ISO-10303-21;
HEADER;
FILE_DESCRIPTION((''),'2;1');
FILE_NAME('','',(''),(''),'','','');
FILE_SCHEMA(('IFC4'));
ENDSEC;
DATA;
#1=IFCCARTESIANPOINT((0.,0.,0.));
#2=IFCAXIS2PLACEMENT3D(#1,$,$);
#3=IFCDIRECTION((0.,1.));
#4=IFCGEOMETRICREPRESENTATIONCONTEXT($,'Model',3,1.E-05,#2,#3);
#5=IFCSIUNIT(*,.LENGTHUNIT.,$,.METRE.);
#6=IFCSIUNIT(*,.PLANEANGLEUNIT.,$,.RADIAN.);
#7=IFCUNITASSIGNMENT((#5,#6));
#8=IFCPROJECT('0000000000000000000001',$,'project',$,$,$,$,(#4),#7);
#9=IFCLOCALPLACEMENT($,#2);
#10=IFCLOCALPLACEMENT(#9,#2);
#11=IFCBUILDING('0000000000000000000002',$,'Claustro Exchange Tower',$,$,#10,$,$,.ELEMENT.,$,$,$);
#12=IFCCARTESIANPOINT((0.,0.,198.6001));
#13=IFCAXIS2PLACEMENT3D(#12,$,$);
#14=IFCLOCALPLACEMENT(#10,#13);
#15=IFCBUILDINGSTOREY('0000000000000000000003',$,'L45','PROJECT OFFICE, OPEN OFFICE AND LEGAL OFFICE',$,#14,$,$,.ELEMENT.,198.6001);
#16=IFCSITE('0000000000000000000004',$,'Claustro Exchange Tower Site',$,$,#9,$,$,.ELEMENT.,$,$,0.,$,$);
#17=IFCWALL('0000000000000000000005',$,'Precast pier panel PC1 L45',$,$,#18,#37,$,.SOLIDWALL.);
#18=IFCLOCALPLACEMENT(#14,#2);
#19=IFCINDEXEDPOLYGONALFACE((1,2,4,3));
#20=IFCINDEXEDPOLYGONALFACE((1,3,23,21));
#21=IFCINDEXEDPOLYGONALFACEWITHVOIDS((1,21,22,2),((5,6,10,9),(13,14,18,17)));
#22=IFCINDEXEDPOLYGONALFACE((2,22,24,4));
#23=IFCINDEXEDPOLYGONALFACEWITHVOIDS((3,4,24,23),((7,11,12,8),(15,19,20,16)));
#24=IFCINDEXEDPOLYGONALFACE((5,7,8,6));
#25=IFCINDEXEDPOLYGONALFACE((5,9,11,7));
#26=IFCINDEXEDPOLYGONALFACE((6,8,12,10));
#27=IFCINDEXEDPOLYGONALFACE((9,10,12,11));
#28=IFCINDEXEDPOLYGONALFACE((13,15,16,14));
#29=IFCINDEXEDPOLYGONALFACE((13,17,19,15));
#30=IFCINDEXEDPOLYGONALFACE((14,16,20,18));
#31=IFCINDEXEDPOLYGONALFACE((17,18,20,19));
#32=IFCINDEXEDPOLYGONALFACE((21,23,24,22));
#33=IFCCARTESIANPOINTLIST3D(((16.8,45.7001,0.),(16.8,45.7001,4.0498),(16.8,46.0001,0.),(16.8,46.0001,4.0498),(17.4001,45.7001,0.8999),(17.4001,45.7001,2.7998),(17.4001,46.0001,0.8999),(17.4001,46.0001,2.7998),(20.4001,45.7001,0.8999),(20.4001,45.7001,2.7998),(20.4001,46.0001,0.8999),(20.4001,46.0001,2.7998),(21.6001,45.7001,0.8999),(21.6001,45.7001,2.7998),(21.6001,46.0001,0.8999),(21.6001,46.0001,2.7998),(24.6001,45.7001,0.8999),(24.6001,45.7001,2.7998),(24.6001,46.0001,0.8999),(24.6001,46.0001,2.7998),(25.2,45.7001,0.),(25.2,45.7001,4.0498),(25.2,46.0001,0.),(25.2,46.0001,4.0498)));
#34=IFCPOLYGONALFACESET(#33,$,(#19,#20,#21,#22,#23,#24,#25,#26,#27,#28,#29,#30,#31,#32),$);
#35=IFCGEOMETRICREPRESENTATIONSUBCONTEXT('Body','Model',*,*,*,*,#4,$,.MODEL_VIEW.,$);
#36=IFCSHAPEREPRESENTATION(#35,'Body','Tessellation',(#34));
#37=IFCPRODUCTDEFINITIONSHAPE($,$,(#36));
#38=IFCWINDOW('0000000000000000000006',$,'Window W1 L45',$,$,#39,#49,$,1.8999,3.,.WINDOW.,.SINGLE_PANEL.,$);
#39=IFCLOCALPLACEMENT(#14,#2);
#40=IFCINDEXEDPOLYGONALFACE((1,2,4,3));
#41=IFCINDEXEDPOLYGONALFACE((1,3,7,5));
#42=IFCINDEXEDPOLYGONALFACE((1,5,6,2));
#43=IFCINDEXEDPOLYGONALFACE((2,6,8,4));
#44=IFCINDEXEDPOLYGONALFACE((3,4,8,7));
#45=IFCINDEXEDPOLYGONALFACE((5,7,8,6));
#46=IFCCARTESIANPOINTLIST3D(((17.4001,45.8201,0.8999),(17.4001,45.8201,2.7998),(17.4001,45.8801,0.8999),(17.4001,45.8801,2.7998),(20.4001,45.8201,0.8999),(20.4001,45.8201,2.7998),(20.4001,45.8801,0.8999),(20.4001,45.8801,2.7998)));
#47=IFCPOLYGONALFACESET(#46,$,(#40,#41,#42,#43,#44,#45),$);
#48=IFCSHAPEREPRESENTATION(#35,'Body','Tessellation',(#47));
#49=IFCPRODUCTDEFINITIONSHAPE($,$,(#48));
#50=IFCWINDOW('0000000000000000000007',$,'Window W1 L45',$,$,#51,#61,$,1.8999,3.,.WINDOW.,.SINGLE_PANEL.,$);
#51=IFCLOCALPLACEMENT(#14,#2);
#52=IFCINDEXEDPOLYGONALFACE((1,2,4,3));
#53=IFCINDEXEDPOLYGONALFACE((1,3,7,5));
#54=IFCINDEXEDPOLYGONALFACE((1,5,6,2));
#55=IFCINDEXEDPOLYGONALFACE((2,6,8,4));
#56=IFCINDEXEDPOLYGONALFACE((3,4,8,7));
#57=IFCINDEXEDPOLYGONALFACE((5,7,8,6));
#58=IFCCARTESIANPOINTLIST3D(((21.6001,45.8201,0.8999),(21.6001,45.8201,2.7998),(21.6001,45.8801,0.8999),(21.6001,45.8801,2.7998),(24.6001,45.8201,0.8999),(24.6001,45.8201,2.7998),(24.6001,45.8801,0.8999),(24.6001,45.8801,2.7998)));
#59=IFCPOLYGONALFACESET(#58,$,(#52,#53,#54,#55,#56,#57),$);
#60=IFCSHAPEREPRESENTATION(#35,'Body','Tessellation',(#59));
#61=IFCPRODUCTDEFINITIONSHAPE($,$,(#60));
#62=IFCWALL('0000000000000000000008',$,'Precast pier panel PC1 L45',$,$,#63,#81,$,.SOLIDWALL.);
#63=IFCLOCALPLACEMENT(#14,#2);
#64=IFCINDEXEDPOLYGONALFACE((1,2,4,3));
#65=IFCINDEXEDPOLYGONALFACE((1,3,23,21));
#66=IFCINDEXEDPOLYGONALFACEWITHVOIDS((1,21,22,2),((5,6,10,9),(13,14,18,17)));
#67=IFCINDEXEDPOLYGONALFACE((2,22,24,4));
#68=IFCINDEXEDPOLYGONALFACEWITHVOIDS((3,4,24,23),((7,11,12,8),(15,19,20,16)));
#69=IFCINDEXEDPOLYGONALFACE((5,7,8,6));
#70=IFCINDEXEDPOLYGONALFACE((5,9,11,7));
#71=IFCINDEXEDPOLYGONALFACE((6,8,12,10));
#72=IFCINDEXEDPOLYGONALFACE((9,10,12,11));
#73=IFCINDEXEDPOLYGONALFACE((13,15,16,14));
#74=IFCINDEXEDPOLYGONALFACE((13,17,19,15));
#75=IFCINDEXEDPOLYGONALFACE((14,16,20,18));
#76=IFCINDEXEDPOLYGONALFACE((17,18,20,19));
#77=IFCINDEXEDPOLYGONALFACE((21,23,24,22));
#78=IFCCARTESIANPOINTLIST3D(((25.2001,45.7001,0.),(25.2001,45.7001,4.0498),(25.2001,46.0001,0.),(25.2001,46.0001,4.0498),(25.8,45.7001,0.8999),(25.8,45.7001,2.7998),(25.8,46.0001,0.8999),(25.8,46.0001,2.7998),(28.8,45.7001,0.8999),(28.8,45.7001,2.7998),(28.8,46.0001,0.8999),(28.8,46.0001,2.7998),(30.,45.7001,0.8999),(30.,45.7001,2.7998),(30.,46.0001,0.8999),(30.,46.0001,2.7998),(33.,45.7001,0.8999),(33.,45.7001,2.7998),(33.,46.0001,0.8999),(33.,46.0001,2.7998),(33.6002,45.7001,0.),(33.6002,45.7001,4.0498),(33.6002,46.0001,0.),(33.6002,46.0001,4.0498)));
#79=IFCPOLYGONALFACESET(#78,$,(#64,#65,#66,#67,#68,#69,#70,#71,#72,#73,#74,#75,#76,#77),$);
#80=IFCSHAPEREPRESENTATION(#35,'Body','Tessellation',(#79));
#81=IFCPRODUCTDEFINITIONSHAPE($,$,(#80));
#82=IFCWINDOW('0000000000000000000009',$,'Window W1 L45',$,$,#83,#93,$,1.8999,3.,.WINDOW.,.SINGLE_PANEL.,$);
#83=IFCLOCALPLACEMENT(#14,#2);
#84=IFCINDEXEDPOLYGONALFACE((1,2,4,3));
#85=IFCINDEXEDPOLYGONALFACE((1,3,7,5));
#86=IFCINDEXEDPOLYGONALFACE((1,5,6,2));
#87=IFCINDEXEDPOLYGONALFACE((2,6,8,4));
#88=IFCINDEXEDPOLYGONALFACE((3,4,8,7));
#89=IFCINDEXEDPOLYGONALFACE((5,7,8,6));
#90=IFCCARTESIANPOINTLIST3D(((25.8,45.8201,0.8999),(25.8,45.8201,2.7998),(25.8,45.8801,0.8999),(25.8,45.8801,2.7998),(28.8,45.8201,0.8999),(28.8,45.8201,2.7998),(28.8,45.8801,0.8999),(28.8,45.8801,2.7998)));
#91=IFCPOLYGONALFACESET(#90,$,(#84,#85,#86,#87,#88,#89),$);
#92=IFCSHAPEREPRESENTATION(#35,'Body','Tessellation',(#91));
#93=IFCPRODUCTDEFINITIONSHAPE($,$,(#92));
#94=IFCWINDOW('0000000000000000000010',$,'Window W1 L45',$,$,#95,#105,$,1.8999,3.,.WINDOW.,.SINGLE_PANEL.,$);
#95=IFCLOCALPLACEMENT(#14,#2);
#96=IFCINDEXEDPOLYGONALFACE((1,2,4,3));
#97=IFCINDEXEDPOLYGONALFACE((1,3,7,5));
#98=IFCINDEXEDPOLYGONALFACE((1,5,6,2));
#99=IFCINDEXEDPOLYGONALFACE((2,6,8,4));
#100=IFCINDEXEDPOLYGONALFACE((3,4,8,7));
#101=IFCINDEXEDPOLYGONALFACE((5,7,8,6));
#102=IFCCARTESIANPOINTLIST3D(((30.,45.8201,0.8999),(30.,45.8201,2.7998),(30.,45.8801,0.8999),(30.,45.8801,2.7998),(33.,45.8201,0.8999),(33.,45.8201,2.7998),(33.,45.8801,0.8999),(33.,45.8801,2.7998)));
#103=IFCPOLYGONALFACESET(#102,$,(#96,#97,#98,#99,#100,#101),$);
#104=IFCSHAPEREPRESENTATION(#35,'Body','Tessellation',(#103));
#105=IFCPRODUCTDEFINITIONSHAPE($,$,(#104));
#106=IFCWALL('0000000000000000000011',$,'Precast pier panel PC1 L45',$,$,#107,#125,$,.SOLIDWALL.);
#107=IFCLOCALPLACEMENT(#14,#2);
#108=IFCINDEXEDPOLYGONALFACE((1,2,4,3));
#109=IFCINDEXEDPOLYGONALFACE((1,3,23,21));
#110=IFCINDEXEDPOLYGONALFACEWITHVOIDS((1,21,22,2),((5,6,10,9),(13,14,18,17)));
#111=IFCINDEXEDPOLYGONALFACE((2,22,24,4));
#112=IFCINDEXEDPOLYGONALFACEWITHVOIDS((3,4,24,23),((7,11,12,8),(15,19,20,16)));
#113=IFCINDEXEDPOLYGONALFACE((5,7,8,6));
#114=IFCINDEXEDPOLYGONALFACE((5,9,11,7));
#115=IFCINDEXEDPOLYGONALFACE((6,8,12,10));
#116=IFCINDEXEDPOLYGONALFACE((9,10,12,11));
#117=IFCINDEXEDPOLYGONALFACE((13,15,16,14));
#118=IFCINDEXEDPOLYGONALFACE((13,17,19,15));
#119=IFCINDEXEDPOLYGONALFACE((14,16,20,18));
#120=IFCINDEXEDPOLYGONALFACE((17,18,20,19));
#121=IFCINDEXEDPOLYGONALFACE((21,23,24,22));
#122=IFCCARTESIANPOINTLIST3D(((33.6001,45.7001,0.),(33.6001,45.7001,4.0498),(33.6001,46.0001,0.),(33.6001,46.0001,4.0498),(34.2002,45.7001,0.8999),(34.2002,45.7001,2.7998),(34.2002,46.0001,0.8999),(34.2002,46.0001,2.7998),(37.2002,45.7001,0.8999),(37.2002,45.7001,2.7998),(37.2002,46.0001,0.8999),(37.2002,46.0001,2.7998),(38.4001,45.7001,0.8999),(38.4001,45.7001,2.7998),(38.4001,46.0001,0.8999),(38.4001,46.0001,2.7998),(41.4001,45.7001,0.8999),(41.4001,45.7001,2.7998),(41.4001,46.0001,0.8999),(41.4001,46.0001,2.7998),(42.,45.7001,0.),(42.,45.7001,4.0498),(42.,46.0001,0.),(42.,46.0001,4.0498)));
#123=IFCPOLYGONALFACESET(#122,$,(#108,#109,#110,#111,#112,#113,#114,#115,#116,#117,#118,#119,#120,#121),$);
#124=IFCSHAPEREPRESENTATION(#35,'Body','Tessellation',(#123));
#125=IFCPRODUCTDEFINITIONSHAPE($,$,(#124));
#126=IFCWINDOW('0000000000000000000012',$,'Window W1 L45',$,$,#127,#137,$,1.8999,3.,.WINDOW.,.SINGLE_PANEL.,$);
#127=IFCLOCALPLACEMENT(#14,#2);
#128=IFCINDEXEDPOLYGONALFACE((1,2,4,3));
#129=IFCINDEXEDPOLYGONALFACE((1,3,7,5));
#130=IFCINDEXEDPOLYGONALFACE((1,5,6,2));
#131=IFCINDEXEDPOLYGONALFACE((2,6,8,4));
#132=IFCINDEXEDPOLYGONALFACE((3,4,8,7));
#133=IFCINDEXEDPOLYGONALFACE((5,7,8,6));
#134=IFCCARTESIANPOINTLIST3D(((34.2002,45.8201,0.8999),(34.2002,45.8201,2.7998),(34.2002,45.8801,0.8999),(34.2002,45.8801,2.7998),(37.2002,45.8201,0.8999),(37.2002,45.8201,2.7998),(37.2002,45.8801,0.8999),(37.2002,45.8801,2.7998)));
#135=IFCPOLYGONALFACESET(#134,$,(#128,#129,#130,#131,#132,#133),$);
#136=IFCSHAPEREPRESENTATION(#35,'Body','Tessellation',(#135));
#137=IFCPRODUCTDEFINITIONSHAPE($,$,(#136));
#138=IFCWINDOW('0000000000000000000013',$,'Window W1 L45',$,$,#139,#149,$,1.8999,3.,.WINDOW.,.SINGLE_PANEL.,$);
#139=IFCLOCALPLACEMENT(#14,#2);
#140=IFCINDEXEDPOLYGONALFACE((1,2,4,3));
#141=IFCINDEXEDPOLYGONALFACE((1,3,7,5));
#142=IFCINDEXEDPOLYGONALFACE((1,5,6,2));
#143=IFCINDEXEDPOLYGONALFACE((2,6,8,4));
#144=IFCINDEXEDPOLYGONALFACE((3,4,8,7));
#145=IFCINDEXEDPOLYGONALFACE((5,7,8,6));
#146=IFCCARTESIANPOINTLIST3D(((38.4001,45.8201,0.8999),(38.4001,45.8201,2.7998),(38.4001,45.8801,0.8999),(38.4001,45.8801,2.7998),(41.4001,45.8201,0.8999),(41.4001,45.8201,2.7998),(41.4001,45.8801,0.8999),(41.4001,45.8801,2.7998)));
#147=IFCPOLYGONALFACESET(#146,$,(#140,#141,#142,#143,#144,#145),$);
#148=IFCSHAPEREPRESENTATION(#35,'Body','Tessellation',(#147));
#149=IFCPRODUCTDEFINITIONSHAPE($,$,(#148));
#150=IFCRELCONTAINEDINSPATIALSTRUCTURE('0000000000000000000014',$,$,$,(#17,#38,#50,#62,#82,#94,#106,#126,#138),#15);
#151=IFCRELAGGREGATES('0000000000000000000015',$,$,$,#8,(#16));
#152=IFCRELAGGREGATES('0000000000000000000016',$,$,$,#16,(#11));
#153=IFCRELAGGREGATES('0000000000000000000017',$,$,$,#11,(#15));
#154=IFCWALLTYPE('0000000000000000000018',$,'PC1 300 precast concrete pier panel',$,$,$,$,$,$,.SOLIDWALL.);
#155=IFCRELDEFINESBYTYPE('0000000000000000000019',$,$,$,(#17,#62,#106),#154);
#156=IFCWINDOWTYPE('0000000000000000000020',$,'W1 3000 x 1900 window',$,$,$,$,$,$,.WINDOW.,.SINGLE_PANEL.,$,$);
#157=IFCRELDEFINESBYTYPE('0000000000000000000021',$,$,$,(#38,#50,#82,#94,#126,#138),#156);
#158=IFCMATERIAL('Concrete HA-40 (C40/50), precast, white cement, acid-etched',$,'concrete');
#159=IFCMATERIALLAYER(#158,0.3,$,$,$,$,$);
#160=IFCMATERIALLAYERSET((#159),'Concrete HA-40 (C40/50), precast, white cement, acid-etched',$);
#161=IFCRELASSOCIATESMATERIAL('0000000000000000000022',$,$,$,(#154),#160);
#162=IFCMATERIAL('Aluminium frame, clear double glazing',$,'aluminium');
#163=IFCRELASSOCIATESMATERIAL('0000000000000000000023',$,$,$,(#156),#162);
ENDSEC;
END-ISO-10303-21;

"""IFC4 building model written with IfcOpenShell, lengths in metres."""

from ifc_helpers import new_model, si_unit, direction, frame, frame_2d, origin, place, context, subcontext, project, spatial, rectangle, extrude, material, layer, layer_set, type_object, element, fill, save


model = new_model("IFC4")

# Units and contexts
model_context = context("Model", 3, precision=1e-05, world=origin(), true_north=direction((0.0, 1.0)))
body_context = subcontext(model_context, "Body", "Model", "MODEL_VIEW")
ifc_project = project(units=[si_unit("LENGTHUNIT", "METRE"), si_unit("PLANEANGLEUNIT", "RADIAN")], contexts=[model_context])

# Site, building, storey
site_placement = place(None, origin())
site = spatial("IfcSite", under=ifc_project, at=site_placement, Name="Claustro Exchange Tower Site", CompositionType="ELEMENT", RefElevation=0.0)
building_placement = place(site_placement, origin())
building = spatial("IfcBuilding", under=site, at=building_placement, Name="Claustro Exchange Tower", CompositionType="ELEMENT")
storey_placement = place(building_placement, frame((0.0, 0.0, 198.6001)))
storey = spatial("IfcBuildingStorey", under=building, at=storey_placement, Name="L45", Description="PROJECT OFFICE, OPEN OFFICE AND LEGAL OFFICE", CompositionType="ELEMENT", Elevation=198.6001)

# Walls, openings, windows
ifc_material_1 = material(Name="Concrete HA-40 (C40/50), precast, white cement, acid-etched", Category="concrete")
ifc_layer_1 = layer(ifc_material_1, 0.3)
ifc_layer_set_1 = layer_set([ifc_layer_1], Name="Concrete HA-40 (C40/50), precast, white cement, acid-etched")
wall_type_1 = type_object("IfcWallType", Name="PC1 300 precast concrete pier panel", PredefinedType="SOLIDWALL", material=ifc_layer_set_1)
wall_1_placement = place(storey_placement, frame((16.8, 45.8501, 0.0), z_axis=(0.0, 0.0, 1.0), x_axis=(1.0, 0.0, 0.0)))
wall_1 = element("IfcWall", 1, at=wall_1_placement, inside=storey, type_object=wall_type_1, Name="Precast pier panel PC1 L45", PredefinedType="SOLIDWALL", context=body_context, shape_type="SweptSolid", body=[
    extrude(rectangle(XDim=8.3999, YDim=0.3, at=frame_2d((4.2, 0.0))), origin(), (0.0, 0.0, 1.0), 4.0498),
])
opening_1_placement = place(wall_1_placement, frame((0.6001, 0.0, 0.8999)))
opening_1 = element("IfcOpeningElement", 2, at=opening_1_placement, cuts=wall_1, PredefinedType="OPENING", context=body_context, shape_type="SweptSolid", body=[
    extrude(rectangle(XDim=3.0, YDim=1.8999, at=frame_2d((1.5, 0.95))), frame((0.0, 0.1599, 0.0), z_axis=(0.0, -1.0, 0.0), x_axis=(1.0, 0.0, 0.0)), (0.0, 0.0, 1.0), 0.3201),
])
opening_2_placement = place(wall_1_placement, frame((4.8, 0.0, 0.8999)))
opening_2 = element("IfcOpeningElement", 3, at=opening_2_placement, cuts=wall_1, PredefinedType="OPENING", context=body_context, shape_type="SweptSolid", body=[
    extrude(rectangle(XDim=3.0, YDim=1.8999, at=frame_2d((1.5, 0.95))), frame((0.0, 0.1599, 0.0), z_axis=(0.0, -1.0, 0.0), x_axis=(1.0, 0.0, 0.0)), (0.0, 0.0, 1.0), 0.3201),
])
ifc_material_2 = material(Name="Aluminium frame, clear double glazing", Category="aluminium")
window_type = type_object("IfcWindowType", Name="W1 3000 x 1900 window", PartitioningType="SINGLE_PANEL", PredefinedType="WINDOW", material=ifc_material_2)
window_1_placement = place(opening_1_placement, origin())
window_1 = element("IfcWindow", 4, at=window_1_placement, inside=storey, type_object=window_type, Name="Window W1 L45", OverallHeight=1.8999, OverallWidth=3.0, PartitioningType="SINGLE_PANEL", PredefinedType="WINDOW", context=body_context, shape_type="SweptSolid", body=[
    extrude(rectangle(XDim=3.0, YDim=1.8999, at=frame_2d((1.5, 0.95))), frame((0.0, 0.03, 0.0), z_axis=(0.0, -1.0, 0.0), x_axis=(1.0, 0.0, 0.0)), (0.0, 0.0, 1.0), 0.0601),
])
fill(opening_1, window_1)
window_2_placement = place(opening_2_placement, origin())
window_2 = element("IfcWindow", 5, at=window_2_placement, inside=storey, type_object=window_type, Name="Window W1 L45", OverallHeight=1.8999, OverallWidth=3.0, PartitioningType="SINGLE_PANEL", PredefinedType="WINDOW", context=body_context, shape_type="SweptSolid", body=[
    extrude(rectangle(XDim=3.0, YDim=1.8999, at=frame_2d((1.5, 0.95))), frame((0.0, 0.03, 0.0), z_axis=(0.0, -1.0, 0.0), x_axis=(1.0, 0.0, 0.0)), (0.0, 0.0, 1.0), 0.0601),
])
fill(opening_2, window_2)
wall_2_placement = place(storey_placement, frame((25.2, 45.8501, 0.0), z_axis=(0.0, 0.0, 1.0), x_axis=(1.0, 0.0, 0.0)))
wall_2 = element("IfcWall", 6, at=wall_2_placement, inside=storey, type_object=wall_type_1, Name="Precast pier panel PC1 L45", PredefinedType="SOLIDWALL", context=body_context, shape_type="SweptSolid", body=[
    extrude(rectangle(XDim=8.4001, YDim=0.3, at=frame_2d((4.2002, 0.0))), origin(), (0.0, 0.0, 1.0), 4.0498),
])
opening_3_placement = place(wall_2_placement, frame((0.6001, 0.0, 0.8999)))
opening_3 = element("IfcOpeningElement", 7, at=opening_3_placement, cuts=wall_2, PredefinedType="OPENING", context=body_context, shape_type="SweptSolid", body=[
    extrude(rectangle(XDim=3.0, YDim=1.8999, at=frame_2d((1.5, 0.95))), frame((0.0, 0.1599, 0.0), z_axis=(0.0, -1.0, 0.0), x_axis=(1.0, 0.0, 0.0)), (0.0, 0.0, 1.0), 0.3201),
])
opening_4_placement = place(wall_2_placement, frame((4.8, 0.0, 0.8999)))
opening_4 = element("IfcOpeningElement", 8, at=opening_4_placement, cuts=wall_2, PredefinedType="OPENING", context=body_context, shape_type="SweptSolid", body=[
    extrude(rectangle(XDim=3.0, YDim=1.8999, at=frame_2d((1.5, 0.95))), frame((0.0, 0.1599, 0.0), z_axis=(0.0, -1.0, 0.0), x_axis=(1.0, 0.0, 0.0)), (0.0, 0.0, 1.0), 0.3201),
])
window_3_placement = place(opening_3_placement, origin())
window_3 = element("IfcWindow", 9, at=window_3_placement, inside=storey, type_object=window_type, Name="Window W1 L45", OverallHeight=1.8999, OverallWidth=3.0, PartitioningType="SINGLE_PANEL", PredefinedType="WINDOW", context=body_context, shape_type="SweptSolid", body=[
    extrude(rectangle(XDim=3.0, YDim=1.8999, at=frame_2d((1.5, 0.95))), frame((0.0, 0.03, 0.0), z_axis=(0.0, -1.0, 0.0), x_axis=(1.0, 0.0, 0.0)), (0.0, 0.0, 1.0), 0.0601),
])
fill(opening_3, window_3)
window_4_placement = place(opening_4_placement, origin())
window_4 = element("IfcWindow", 10, at=window_4_placement, inside=storey, type_object=window_type, Name="Window W1 L45", OverallHeight=1.8999, OverallWidth=3.0, PartitioningType="SINGLE_PANEL", PredefinedType="WINDOW", context=body_context, shape_type="SweptSolid", body=[
    extrude(rectangle(XDim=3.0, YDim=1.8999, at=frame_2d((1.5, 0.95))), frame((0.0, 0.03, 0.0), z_axis=(0.0, -1.0, 0.0), x_axis=(1.0, 0.0, 0.0)), (0.0, 0.0, 1.0), 0.0601),
])
fill(opening_4, window_4)
wall_3_placement = place(storey_placement, frame((33.6001, 45.8501, 0.0), z_axis=(0.0, 0.0, 1.0), x_axis=(1.0, 0.0, 0.0)))
wall_3 = element("IfcWall", 11, at=wall_3_placement, inside=storey, type_object=wall_type_1, Name="Precast pier panel PC1 L45", PredefinedType="SOLIDWALL", context=body_context, shape_type="SweptSolid", body=[
    extrude(rectangle(XDim=8.3999, YDim=0.3, at=frame_2d((4.2, 0.0))), origin(), (0.0, 0.0, 1.0), 4.0498),
])
opening_5_placement = place(wall_3_placement, frame((0.6001, 0.0, 0.8999)))
opening_5 = element("IfcOpeningElement", 12, at=opening_5_placement, cuts=wall_3, PredefinedType="OPENING", context=body_context, shape_type="SweptSolid", body=[
    extrude(rectangle(XDim=3.0, YDim=1.8999, at=frame_2d((1.5, 0.95))), frame((0.0, 0.1599, 0.0), z_axis=(0.0, -1.0, 0.0), x_axis=(1.0, 0.0, 0.0)), (0.0, 0.0, 1.0), 0.3201),
])
opening_6_placement = place(wall_3_placement, frame((4.8, 0.0, 0.8999)))
opening_6 = element("IfcOpeningElement", 13, at=opening_6_placement, cuts=wall_3, PredefinedType="OPENING", context=body_context, shape_type="SweptSolid", body=[
    extrude(rectangle(XDim=3.0, YDim=1.8999, at=frame_2d((1.5, 0.95))), frame((0.0, 0.1599, 0.0), z_axis=(0.0, -1.0, 0.0), x_axis=(1.0, 0.0, 0.0)), (0.0, 0.0, 1.0), 0.3201),
])
window_5_placement = place(opening_5_placement, origin())
window_5 = element("IfcWindow", 14, at=window_5_placement, inside=storey, type_object=window_type, Name="Window W1 L45", OverallHeight=1.8999, OverallWidth=3.0, PartitioningType="SINGLE_PANEL", PredefinedType="WINDOW", context=body_context, shape_type="SweptSolid", body=[
    extrude(rectangle(XDim=3.0, YDim=1.8999, at=frame_2d((1.5, 0.95))), frame((0.0, 0.03, 0.0), z_axis=(0.0, -1.0, 0.0), x_axis=(1.0, 0.0, 0.0)), (0.0, 0.0, 1.0), 0.0601),
])
fill(opening_5, window_5)
window_6_placement = place(opening_6_placement, origin())
window_6 = element("IfcWindow", 15, at=window_6_placement, inside=storey, type_object=window_type, Name="Window W1 L45", OverallHeight=1.8999, OverallWidth=3.0, PartitioningType="SINGLE_PANEL", PredefinedType="WINDOW", context=body_context, shape_type="SweptSolid", body=[
    extrude(rectangle(XDim=3.0, YDim=1.8999, at=frame_2d((1.5, 0.95))), frame((0.0, 0.03, 0.0), z_axis=(0.0, -1.0, 0.0), x_axis=(1.0, 0.0, 0.0)), (0.0, 0.0, 1.0), 0.0601),
])
fill(opening_6, window_6)

save(model, "model.ifc")
